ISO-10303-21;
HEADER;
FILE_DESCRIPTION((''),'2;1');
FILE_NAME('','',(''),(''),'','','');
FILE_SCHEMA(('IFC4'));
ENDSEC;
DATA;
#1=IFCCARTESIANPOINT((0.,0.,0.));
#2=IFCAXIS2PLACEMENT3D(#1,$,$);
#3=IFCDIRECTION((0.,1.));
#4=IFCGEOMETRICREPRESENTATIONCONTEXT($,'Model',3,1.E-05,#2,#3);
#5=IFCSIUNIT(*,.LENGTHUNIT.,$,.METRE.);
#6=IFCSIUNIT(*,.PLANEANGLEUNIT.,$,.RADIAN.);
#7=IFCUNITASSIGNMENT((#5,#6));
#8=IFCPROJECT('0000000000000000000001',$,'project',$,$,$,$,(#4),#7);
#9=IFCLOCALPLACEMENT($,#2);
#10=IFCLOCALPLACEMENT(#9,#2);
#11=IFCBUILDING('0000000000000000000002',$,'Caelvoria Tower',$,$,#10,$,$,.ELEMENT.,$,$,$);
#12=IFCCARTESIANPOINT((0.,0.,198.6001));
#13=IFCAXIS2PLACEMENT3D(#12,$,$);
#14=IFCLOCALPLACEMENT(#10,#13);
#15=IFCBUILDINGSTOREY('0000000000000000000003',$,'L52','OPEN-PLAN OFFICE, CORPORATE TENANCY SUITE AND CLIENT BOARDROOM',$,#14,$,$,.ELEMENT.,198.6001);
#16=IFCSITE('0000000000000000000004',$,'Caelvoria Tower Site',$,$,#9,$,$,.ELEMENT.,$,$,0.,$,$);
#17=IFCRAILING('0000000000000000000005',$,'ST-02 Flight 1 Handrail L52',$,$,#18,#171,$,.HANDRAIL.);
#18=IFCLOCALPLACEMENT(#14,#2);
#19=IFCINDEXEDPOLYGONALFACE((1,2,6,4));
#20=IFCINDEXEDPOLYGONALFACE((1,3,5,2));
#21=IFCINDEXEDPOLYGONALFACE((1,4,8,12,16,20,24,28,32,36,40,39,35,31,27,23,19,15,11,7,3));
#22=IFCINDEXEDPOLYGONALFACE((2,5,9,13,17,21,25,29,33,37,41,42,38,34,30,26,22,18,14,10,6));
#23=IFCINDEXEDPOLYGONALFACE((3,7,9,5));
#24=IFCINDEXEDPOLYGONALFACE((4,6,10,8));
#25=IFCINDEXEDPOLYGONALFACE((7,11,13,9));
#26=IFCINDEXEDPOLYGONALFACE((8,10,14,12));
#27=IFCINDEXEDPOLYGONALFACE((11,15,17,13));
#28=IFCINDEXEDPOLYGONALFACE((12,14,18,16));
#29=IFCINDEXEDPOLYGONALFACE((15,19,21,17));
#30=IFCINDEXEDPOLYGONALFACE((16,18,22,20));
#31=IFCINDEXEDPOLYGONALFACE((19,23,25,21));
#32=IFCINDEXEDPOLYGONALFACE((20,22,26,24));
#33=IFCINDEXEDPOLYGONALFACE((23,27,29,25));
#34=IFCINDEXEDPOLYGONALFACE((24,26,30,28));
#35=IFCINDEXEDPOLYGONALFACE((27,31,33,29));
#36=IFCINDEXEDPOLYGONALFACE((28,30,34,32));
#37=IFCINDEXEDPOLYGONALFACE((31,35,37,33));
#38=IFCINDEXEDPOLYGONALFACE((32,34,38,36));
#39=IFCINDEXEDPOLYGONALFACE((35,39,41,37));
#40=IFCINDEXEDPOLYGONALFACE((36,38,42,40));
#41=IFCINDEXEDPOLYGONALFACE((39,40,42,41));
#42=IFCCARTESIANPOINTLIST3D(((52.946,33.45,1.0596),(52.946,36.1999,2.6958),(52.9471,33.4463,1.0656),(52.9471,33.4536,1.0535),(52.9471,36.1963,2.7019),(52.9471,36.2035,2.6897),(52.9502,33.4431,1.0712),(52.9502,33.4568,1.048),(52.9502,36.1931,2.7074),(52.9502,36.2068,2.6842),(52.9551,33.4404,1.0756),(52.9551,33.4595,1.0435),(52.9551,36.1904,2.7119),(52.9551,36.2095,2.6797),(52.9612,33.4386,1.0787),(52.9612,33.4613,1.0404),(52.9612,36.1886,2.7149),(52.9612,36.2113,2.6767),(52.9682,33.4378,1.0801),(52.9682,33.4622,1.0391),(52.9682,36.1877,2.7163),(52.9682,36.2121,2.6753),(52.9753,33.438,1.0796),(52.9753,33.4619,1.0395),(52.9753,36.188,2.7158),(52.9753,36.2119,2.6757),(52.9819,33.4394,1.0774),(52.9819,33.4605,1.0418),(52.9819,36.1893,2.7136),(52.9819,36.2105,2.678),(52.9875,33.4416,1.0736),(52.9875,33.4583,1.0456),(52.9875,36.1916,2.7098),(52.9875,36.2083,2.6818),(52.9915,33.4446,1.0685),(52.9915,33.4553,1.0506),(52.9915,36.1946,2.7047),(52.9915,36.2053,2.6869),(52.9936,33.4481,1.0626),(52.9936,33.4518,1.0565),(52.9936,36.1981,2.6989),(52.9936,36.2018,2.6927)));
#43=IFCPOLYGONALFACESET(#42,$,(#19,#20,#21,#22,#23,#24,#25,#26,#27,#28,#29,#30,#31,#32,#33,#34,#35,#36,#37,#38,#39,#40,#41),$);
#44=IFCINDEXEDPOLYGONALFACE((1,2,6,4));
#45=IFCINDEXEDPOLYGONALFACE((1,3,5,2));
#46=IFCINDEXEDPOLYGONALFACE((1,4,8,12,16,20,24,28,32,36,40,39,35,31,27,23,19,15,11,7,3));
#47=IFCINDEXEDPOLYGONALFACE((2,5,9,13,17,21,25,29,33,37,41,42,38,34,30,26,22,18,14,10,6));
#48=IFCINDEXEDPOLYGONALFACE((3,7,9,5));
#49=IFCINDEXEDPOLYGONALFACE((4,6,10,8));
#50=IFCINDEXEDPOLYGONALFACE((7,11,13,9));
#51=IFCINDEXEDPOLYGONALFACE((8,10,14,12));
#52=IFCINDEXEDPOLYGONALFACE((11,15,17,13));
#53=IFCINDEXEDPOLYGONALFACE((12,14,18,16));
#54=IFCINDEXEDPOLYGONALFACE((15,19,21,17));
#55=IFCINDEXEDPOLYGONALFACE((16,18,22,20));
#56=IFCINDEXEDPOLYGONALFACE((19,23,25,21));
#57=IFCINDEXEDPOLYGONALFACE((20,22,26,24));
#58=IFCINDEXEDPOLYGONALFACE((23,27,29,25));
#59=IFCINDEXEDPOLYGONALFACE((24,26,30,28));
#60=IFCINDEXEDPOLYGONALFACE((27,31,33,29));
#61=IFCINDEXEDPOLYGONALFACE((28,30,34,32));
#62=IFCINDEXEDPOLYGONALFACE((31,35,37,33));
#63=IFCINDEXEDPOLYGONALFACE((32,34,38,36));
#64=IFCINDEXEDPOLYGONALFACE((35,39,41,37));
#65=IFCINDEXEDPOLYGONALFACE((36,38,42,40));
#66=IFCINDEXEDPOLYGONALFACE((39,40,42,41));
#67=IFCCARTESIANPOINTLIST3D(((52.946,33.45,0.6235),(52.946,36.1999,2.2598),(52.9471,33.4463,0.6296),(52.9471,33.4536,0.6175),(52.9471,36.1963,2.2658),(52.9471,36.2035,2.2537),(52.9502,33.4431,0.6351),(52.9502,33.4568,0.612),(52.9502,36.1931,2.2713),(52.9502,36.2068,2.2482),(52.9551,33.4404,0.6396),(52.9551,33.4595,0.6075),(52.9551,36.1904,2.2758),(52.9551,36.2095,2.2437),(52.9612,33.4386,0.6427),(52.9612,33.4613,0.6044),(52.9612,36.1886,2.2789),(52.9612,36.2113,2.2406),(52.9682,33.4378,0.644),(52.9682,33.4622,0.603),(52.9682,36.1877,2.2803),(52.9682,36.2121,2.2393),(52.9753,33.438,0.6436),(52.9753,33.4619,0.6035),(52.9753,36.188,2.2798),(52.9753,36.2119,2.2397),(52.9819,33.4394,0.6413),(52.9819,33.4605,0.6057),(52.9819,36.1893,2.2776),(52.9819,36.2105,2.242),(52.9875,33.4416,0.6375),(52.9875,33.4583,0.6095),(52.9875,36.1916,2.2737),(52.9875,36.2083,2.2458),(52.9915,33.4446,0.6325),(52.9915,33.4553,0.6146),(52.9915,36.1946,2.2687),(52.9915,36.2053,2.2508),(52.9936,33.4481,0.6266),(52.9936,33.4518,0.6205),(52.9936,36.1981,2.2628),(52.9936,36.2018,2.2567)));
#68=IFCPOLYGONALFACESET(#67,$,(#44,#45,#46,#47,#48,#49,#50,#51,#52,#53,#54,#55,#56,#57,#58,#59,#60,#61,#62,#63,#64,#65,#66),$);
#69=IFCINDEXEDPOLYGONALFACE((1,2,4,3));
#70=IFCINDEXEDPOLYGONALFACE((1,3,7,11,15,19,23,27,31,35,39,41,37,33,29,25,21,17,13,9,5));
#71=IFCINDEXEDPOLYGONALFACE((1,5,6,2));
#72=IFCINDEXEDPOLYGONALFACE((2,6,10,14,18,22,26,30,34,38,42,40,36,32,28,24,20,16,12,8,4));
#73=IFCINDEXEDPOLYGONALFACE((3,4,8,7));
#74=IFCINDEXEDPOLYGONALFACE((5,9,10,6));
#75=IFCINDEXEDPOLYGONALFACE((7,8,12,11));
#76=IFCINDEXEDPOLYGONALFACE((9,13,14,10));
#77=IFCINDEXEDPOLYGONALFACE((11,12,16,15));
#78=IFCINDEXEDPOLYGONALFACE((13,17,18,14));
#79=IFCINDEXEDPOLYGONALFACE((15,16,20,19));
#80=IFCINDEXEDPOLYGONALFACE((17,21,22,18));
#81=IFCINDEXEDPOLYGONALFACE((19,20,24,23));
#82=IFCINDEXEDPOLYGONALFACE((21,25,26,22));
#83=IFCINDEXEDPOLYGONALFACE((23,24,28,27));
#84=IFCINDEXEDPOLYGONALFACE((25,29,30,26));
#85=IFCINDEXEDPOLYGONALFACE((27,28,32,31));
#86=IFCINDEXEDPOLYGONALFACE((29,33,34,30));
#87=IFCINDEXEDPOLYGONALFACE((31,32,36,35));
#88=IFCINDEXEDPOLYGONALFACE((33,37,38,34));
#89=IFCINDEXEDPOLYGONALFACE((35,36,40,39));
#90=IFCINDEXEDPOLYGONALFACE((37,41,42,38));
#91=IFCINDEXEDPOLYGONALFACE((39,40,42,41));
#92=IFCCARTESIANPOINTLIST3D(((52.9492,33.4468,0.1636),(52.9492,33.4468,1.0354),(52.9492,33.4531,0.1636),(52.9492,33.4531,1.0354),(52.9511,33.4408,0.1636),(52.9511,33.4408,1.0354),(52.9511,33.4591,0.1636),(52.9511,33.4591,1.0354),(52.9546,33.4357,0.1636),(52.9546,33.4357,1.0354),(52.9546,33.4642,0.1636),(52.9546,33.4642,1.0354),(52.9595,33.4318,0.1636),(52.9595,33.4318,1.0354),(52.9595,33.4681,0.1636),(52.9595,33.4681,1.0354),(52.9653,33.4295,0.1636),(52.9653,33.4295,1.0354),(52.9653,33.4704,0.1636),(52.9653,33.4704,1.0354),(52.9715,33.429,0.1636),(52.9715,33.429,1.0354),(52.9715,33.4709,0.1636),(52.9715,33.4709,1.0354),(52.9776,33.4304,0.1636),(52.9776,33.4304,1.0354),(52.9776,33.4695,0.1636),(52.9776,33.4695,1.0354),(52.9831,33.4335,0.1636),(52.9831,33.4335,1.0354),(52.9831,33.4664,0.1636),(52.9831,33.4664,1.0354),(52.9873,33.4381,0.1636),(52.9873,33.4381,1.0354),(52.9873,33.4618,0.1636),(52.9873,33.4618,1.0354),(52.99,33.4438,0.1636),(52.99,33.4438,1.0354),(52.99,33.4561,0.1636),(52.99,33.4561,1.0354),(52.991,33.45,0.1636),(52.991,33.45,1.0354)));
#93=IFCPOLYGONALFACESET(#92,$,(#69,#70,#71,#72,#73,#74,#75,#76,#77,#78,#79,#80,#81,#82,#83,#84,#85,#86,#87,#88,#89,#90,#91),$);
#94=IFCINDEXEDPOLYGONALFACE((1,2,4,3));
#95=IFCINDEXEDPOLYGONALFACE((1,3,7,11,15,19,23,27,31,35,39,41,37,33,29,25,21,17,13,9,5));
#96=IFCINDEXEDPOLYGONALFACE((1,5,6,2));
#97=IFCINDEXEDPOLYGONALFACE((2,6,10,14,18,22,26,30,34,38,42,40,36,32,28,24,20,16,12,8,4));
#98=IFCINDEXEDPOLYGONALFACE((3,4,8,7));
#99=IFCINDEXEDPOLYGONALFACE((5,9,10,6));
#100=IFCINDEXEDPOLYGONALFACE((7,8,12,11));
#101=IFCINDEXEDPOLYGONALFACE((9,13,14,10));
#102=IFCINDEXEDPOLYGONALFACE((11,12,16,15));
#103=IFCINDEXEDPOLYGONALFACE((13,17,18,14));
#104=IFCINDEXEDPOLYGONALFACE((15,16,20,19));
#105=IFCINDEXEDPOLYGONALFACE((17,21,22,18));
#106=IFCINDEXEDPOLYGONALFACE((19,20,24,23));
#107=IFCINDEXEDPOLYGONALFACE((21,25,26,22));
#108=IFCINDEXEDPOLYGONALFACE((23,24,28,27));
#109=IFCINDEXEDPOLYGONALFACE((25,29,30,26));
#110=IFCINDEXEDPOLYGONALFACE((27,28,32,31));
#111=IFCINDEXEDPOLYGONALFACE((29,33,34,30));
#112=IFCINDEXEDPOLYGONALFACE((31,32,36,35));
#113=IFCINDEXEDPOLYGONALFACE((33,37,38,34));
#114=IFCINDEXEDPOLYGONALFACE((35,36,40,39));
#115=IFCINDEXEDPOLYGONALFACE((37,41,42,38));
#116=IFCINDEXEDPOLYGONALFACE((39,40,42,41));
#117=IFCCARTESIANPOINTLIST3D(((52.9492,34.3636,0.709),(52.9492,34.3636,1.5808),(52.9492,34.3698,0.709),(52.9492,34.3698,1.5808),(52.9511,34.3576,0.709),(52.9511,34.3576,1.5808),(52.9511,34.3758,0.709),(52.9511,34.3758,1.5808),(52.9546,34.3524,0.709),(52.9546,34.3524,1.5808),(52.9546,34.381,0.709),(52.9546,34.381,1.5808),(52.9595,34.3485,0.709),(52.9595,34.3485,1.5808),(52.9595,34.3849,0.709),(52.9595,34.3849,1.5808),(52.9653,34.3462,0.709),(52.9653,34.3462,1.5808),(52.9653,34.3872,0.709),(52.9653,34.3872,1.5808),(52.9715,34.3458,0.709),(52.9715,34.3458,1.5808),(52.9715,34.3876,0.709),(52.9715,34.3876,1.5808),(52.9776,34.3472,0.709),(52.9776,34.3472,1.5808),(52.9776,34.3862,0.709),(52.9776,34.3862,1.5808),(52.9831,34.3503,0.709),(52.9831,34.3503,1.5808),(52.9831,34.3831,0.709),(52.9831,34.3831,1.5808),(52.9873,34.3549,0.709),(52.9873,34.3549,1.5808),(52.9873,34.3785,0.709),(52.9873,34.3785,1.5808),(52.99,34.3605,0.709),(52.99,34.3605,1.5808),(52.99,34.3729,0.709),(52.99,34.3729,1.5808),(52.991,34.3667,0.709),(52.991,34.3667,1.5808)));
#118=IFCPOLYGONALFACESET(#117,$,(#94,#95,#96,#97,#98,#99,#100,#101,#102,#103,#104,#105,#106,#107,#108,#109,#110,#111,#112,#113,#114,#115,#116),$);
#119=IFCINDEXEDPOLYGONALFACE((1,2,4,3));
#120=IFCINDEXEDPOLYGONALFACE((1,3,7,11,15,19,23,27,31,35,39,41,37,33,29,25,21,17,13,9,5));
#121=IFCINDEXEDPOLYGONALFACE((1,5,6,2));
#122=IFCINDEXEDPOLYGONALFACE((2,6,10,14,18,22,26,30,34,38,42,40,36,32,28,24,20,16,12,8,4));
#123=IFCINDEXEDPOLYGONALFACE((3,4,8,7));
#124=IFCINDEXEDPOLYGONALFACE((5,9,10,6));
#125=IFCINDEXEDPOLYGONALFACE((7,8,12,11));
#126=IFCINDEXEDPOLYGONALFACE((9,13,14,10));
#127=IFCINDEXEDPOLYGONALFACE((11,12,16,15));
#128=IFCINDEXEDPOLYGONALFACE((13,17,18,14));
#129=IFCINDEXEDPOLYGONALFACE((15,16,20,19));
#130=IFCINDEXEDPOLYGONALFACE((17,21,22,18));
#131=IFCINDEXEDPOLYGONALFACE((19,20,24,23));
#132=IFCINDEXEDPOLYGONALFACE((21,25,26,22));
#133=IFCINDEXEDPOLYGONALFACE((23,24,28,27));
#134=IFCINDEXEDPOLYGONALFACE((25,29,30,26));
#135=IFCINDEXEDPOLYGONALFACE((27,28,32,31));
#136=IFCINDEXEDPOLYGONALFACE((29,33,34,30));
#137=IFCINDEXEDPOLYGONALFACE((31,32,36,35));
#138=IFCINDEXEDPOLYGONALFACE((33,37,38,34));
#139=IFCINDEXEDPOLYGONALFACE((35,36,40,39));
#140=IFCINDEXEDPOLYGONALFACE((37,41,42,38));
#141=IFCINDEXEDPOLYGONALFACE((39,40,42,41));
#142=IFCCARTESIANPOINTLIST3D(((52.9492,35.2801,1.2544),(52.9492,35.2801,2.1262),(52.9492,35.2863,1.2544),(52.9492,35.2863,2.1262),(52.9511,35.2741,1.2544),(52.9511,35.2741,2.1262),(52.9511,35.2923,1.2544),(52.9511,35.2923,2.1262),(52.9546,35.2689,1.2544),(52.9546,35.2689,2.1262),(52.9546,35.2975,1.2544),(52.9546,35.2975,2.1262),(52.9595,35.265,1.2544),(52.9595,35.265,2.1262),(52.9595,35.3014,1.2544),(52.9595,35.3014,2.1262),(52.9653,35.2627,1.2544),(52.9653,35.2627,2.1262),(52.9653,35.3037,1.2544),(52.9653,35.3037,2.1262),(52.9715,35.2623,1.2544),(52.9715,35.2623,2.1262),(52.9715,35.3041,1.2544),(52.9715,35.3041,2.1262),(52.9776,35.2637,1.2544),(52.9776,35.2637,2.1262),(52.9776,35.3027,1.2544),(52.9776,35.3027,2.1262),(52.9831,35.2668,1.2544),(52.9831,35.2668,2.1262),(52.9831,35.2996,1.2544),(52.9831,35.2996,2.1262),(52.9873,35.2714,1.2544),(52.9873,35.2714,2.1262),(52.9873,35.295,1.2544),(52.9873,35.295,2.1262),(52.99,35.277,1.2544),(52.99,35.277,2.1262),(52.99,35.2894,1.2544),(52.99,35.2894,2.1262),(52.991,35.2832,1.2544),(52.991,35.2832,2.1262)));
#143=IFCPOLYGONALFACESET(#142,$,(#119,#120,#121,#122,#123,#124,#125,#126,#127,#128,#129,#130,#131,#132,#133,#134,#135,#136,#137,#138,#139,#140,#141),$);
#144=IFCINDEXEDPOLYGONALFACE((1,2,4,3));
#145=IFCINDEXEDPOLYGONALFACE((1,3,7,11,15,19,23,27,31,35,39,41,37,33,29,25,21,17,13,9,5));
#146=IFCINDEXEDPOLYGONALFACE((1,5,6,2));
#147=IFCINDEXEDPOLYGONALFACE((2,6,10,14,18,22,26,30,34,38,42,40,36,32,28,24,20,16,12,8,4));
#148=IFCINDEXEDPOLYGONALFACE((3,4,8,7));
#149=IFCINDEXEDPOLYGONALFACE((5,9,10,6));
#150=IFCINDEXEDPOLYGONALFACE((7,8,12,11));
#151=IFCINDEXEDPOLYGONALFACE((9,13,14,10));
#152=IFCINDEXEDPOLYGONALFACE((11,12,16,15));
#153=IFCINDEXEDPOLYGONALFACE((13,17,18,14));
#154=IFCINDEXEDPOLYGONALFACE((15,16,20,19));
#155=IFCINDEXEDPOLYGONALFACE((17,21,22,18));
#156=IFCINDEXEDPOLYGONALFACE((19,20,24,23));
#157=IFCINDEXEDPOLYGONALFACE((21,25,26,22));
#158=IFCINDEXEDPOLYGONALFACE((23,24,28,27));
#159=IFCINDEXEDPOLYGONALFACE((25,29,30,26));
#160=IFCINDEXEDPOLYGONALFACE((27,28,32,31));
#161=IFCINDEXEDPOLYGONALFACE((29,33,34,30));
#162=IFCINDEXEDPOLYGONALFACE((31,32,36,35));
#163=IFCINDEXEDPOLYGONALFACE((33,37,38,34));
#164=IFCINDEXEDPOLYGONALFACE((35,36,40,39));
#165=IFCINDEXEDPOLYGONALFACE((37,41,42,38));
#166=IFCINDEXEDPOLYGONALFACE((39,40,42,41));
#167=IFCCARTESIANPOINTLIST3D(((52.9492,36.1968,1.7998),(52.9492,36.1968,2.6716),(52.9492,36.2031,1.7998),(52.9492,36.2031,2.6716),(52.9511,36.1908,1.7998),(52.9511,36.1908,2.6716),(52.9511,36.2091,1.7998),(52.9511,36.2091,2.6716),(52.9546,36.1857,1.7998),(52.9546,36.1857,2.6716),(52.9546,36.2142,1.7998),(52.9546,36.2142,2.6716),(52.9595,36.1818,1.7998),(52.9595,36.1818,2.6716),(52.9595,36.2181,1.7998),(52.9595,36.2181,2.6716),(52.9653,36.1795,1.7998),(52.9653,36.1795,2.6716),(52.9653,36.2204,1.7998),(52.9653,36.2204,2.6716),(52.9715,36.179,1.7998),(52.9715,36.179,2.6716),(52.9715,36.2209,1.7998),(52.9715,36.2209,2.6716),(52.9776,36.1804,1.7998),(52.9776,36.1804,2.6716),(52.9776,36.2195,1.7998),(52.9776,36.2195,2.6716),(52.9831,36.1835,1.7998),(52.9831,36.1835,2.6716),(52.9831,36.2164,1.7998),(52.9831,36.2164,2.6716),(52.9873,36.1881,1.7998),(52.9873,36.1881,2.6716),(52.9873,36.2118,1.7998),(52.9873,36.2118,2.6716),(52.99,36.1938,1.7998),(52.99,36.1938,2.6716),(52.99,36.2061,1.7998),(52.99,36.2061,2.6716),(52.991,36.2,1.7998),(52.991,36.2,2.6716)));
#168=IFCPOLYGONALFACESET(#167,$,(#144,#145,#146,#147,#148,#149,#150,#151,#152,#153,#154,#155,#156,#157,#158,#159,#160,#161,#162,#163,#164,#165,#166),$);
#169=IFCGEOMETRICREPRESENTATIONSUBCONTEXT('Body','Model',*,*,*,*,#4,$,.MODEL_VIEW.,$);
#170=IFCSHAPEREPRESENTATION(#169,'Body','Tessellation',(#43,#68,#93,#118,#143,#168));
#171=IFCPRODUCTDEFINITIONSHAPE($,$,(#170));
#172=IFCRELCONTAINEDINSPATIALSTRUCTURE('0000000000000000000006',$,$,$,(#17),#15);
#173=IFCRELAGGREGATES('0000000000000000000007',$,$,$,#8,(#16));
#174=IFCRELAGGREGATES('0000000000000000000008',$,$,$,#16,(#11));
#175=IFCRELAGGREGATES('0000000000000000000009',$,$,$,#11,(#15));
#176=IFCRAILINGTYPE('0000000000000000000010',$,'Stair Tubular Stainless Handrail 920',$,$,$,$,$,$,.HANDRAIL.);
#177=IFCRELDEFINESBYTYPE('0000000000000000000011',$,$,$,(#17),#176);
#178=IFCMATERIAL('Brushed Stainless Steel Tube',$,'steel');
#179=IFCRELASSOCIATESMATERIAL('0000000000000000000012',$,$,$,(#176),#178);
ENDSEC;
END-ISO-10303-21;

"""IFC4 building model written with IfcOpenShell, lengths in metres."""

from ifc_helpers import new_model, si_unit, direction, frame, origin, origin_2d, place, context, subcontext, project, spatial, circle, extrude, material, type_object, element, save


model = new_model("IFC4")

# Units and contexts
model_context = context("Model", 3, precision=1e-05, world=origin(), true_north=direction((0.0, 1.0)))
body_context = subcontext(model_context, "Body", "Model", "MODEL_VIEW")
ifc_project = project(units=[si_unit("LENGTHUNIT", "METRE"), si_unit("PLANEANGLEUNIT", "RADIAN")], contexts=[model_context])

# Site, building, storey
site_placement = place(None, origin())
site = spatial("IfcSite", under=ifc_project, at=site_placement, Name="Caelvoria Tower Site", CompositionType="ELEMENT", RefElevation=0.0)
building_placement = place(site_placement, origin())
building = spatial("IfcBuilding", under=site, at=building_placement, Name="Caelvoria Tower", CompositionType="ELEMENT")
storey_placement = place(building_placement, frame((0.0, 0.0, 198.6001)))
storey = spatial("IfcBuildingStorey", under=building, at=storey_placement, Name="L52", Description="OPEN-PLAN OFFICE, CORPORATE TENANCY SUITE AND CLIENT BOARDROOM", CompositionType="ELEMENT", Elevation=198.6001)

# Railing
ifc_material_1 = material(Name="Brushed Stainless Steel Tube", Category="steel")
railing_type_1 = type_object("IfcRailingType", Name="Stair Tubular Stainless Handrail 920", PredefinedType="HANDRAIL", material=ifc_material_1)
railing_1_placement = place(storey_placement, frame((52.97, 33.45, 0.1636)))
element("IfcRailing", 1, at=railing_1_placement, inside=storey, type_object=railing_type_1, Name="ST-02 Flight 1 Handrail L52", PredefinedType="HANDRAIL", context=body_context, shape_type="SweptSolid", body=[
    extrude(circle(Radius=0.0239, at=origin_2d()), frame((0.0, 0.0, 0.896), z_axis=(0.0, 0.859385, 0.511328), x_axis=(-1.0, 0.0, 0.0)), (0.0, 0.0, 1.0), 3.2),
    extrude(circle(Radius=0.0239, at=origin_2d()), frame((0.0, 0.0, 0.46), z_axis=(0.0, 0.859385, 0.511328), x_axis=(-1.0, 0.0, 0.0)), (0.0, 0.0, 1.0), 3.2),
    extrude(circle(Radius=0.021, at=origin_2d()), origin(), (0.0, 0.0, 1.0), 0.8718),
    extrude(circle(Radius=0.021, at=origin_2d()), frame((0.0, 0.9167, 0.5454)), (0.0, 0.0, 1.0), 0.8718),
    extrude(circle(Radius=0.021, at=origin_2d()), frame((0.0, 1.8333, 1.0908)), (0.0, 0.0, 1.0), 0.8718),
    extrude(circle(Radius=0.021, at=origin_2d()), frame((0.0, 2.75, 1.6362)), (0.0, 0.0, 1.0), 0.8718),
])

save(model, "model.ifc")
